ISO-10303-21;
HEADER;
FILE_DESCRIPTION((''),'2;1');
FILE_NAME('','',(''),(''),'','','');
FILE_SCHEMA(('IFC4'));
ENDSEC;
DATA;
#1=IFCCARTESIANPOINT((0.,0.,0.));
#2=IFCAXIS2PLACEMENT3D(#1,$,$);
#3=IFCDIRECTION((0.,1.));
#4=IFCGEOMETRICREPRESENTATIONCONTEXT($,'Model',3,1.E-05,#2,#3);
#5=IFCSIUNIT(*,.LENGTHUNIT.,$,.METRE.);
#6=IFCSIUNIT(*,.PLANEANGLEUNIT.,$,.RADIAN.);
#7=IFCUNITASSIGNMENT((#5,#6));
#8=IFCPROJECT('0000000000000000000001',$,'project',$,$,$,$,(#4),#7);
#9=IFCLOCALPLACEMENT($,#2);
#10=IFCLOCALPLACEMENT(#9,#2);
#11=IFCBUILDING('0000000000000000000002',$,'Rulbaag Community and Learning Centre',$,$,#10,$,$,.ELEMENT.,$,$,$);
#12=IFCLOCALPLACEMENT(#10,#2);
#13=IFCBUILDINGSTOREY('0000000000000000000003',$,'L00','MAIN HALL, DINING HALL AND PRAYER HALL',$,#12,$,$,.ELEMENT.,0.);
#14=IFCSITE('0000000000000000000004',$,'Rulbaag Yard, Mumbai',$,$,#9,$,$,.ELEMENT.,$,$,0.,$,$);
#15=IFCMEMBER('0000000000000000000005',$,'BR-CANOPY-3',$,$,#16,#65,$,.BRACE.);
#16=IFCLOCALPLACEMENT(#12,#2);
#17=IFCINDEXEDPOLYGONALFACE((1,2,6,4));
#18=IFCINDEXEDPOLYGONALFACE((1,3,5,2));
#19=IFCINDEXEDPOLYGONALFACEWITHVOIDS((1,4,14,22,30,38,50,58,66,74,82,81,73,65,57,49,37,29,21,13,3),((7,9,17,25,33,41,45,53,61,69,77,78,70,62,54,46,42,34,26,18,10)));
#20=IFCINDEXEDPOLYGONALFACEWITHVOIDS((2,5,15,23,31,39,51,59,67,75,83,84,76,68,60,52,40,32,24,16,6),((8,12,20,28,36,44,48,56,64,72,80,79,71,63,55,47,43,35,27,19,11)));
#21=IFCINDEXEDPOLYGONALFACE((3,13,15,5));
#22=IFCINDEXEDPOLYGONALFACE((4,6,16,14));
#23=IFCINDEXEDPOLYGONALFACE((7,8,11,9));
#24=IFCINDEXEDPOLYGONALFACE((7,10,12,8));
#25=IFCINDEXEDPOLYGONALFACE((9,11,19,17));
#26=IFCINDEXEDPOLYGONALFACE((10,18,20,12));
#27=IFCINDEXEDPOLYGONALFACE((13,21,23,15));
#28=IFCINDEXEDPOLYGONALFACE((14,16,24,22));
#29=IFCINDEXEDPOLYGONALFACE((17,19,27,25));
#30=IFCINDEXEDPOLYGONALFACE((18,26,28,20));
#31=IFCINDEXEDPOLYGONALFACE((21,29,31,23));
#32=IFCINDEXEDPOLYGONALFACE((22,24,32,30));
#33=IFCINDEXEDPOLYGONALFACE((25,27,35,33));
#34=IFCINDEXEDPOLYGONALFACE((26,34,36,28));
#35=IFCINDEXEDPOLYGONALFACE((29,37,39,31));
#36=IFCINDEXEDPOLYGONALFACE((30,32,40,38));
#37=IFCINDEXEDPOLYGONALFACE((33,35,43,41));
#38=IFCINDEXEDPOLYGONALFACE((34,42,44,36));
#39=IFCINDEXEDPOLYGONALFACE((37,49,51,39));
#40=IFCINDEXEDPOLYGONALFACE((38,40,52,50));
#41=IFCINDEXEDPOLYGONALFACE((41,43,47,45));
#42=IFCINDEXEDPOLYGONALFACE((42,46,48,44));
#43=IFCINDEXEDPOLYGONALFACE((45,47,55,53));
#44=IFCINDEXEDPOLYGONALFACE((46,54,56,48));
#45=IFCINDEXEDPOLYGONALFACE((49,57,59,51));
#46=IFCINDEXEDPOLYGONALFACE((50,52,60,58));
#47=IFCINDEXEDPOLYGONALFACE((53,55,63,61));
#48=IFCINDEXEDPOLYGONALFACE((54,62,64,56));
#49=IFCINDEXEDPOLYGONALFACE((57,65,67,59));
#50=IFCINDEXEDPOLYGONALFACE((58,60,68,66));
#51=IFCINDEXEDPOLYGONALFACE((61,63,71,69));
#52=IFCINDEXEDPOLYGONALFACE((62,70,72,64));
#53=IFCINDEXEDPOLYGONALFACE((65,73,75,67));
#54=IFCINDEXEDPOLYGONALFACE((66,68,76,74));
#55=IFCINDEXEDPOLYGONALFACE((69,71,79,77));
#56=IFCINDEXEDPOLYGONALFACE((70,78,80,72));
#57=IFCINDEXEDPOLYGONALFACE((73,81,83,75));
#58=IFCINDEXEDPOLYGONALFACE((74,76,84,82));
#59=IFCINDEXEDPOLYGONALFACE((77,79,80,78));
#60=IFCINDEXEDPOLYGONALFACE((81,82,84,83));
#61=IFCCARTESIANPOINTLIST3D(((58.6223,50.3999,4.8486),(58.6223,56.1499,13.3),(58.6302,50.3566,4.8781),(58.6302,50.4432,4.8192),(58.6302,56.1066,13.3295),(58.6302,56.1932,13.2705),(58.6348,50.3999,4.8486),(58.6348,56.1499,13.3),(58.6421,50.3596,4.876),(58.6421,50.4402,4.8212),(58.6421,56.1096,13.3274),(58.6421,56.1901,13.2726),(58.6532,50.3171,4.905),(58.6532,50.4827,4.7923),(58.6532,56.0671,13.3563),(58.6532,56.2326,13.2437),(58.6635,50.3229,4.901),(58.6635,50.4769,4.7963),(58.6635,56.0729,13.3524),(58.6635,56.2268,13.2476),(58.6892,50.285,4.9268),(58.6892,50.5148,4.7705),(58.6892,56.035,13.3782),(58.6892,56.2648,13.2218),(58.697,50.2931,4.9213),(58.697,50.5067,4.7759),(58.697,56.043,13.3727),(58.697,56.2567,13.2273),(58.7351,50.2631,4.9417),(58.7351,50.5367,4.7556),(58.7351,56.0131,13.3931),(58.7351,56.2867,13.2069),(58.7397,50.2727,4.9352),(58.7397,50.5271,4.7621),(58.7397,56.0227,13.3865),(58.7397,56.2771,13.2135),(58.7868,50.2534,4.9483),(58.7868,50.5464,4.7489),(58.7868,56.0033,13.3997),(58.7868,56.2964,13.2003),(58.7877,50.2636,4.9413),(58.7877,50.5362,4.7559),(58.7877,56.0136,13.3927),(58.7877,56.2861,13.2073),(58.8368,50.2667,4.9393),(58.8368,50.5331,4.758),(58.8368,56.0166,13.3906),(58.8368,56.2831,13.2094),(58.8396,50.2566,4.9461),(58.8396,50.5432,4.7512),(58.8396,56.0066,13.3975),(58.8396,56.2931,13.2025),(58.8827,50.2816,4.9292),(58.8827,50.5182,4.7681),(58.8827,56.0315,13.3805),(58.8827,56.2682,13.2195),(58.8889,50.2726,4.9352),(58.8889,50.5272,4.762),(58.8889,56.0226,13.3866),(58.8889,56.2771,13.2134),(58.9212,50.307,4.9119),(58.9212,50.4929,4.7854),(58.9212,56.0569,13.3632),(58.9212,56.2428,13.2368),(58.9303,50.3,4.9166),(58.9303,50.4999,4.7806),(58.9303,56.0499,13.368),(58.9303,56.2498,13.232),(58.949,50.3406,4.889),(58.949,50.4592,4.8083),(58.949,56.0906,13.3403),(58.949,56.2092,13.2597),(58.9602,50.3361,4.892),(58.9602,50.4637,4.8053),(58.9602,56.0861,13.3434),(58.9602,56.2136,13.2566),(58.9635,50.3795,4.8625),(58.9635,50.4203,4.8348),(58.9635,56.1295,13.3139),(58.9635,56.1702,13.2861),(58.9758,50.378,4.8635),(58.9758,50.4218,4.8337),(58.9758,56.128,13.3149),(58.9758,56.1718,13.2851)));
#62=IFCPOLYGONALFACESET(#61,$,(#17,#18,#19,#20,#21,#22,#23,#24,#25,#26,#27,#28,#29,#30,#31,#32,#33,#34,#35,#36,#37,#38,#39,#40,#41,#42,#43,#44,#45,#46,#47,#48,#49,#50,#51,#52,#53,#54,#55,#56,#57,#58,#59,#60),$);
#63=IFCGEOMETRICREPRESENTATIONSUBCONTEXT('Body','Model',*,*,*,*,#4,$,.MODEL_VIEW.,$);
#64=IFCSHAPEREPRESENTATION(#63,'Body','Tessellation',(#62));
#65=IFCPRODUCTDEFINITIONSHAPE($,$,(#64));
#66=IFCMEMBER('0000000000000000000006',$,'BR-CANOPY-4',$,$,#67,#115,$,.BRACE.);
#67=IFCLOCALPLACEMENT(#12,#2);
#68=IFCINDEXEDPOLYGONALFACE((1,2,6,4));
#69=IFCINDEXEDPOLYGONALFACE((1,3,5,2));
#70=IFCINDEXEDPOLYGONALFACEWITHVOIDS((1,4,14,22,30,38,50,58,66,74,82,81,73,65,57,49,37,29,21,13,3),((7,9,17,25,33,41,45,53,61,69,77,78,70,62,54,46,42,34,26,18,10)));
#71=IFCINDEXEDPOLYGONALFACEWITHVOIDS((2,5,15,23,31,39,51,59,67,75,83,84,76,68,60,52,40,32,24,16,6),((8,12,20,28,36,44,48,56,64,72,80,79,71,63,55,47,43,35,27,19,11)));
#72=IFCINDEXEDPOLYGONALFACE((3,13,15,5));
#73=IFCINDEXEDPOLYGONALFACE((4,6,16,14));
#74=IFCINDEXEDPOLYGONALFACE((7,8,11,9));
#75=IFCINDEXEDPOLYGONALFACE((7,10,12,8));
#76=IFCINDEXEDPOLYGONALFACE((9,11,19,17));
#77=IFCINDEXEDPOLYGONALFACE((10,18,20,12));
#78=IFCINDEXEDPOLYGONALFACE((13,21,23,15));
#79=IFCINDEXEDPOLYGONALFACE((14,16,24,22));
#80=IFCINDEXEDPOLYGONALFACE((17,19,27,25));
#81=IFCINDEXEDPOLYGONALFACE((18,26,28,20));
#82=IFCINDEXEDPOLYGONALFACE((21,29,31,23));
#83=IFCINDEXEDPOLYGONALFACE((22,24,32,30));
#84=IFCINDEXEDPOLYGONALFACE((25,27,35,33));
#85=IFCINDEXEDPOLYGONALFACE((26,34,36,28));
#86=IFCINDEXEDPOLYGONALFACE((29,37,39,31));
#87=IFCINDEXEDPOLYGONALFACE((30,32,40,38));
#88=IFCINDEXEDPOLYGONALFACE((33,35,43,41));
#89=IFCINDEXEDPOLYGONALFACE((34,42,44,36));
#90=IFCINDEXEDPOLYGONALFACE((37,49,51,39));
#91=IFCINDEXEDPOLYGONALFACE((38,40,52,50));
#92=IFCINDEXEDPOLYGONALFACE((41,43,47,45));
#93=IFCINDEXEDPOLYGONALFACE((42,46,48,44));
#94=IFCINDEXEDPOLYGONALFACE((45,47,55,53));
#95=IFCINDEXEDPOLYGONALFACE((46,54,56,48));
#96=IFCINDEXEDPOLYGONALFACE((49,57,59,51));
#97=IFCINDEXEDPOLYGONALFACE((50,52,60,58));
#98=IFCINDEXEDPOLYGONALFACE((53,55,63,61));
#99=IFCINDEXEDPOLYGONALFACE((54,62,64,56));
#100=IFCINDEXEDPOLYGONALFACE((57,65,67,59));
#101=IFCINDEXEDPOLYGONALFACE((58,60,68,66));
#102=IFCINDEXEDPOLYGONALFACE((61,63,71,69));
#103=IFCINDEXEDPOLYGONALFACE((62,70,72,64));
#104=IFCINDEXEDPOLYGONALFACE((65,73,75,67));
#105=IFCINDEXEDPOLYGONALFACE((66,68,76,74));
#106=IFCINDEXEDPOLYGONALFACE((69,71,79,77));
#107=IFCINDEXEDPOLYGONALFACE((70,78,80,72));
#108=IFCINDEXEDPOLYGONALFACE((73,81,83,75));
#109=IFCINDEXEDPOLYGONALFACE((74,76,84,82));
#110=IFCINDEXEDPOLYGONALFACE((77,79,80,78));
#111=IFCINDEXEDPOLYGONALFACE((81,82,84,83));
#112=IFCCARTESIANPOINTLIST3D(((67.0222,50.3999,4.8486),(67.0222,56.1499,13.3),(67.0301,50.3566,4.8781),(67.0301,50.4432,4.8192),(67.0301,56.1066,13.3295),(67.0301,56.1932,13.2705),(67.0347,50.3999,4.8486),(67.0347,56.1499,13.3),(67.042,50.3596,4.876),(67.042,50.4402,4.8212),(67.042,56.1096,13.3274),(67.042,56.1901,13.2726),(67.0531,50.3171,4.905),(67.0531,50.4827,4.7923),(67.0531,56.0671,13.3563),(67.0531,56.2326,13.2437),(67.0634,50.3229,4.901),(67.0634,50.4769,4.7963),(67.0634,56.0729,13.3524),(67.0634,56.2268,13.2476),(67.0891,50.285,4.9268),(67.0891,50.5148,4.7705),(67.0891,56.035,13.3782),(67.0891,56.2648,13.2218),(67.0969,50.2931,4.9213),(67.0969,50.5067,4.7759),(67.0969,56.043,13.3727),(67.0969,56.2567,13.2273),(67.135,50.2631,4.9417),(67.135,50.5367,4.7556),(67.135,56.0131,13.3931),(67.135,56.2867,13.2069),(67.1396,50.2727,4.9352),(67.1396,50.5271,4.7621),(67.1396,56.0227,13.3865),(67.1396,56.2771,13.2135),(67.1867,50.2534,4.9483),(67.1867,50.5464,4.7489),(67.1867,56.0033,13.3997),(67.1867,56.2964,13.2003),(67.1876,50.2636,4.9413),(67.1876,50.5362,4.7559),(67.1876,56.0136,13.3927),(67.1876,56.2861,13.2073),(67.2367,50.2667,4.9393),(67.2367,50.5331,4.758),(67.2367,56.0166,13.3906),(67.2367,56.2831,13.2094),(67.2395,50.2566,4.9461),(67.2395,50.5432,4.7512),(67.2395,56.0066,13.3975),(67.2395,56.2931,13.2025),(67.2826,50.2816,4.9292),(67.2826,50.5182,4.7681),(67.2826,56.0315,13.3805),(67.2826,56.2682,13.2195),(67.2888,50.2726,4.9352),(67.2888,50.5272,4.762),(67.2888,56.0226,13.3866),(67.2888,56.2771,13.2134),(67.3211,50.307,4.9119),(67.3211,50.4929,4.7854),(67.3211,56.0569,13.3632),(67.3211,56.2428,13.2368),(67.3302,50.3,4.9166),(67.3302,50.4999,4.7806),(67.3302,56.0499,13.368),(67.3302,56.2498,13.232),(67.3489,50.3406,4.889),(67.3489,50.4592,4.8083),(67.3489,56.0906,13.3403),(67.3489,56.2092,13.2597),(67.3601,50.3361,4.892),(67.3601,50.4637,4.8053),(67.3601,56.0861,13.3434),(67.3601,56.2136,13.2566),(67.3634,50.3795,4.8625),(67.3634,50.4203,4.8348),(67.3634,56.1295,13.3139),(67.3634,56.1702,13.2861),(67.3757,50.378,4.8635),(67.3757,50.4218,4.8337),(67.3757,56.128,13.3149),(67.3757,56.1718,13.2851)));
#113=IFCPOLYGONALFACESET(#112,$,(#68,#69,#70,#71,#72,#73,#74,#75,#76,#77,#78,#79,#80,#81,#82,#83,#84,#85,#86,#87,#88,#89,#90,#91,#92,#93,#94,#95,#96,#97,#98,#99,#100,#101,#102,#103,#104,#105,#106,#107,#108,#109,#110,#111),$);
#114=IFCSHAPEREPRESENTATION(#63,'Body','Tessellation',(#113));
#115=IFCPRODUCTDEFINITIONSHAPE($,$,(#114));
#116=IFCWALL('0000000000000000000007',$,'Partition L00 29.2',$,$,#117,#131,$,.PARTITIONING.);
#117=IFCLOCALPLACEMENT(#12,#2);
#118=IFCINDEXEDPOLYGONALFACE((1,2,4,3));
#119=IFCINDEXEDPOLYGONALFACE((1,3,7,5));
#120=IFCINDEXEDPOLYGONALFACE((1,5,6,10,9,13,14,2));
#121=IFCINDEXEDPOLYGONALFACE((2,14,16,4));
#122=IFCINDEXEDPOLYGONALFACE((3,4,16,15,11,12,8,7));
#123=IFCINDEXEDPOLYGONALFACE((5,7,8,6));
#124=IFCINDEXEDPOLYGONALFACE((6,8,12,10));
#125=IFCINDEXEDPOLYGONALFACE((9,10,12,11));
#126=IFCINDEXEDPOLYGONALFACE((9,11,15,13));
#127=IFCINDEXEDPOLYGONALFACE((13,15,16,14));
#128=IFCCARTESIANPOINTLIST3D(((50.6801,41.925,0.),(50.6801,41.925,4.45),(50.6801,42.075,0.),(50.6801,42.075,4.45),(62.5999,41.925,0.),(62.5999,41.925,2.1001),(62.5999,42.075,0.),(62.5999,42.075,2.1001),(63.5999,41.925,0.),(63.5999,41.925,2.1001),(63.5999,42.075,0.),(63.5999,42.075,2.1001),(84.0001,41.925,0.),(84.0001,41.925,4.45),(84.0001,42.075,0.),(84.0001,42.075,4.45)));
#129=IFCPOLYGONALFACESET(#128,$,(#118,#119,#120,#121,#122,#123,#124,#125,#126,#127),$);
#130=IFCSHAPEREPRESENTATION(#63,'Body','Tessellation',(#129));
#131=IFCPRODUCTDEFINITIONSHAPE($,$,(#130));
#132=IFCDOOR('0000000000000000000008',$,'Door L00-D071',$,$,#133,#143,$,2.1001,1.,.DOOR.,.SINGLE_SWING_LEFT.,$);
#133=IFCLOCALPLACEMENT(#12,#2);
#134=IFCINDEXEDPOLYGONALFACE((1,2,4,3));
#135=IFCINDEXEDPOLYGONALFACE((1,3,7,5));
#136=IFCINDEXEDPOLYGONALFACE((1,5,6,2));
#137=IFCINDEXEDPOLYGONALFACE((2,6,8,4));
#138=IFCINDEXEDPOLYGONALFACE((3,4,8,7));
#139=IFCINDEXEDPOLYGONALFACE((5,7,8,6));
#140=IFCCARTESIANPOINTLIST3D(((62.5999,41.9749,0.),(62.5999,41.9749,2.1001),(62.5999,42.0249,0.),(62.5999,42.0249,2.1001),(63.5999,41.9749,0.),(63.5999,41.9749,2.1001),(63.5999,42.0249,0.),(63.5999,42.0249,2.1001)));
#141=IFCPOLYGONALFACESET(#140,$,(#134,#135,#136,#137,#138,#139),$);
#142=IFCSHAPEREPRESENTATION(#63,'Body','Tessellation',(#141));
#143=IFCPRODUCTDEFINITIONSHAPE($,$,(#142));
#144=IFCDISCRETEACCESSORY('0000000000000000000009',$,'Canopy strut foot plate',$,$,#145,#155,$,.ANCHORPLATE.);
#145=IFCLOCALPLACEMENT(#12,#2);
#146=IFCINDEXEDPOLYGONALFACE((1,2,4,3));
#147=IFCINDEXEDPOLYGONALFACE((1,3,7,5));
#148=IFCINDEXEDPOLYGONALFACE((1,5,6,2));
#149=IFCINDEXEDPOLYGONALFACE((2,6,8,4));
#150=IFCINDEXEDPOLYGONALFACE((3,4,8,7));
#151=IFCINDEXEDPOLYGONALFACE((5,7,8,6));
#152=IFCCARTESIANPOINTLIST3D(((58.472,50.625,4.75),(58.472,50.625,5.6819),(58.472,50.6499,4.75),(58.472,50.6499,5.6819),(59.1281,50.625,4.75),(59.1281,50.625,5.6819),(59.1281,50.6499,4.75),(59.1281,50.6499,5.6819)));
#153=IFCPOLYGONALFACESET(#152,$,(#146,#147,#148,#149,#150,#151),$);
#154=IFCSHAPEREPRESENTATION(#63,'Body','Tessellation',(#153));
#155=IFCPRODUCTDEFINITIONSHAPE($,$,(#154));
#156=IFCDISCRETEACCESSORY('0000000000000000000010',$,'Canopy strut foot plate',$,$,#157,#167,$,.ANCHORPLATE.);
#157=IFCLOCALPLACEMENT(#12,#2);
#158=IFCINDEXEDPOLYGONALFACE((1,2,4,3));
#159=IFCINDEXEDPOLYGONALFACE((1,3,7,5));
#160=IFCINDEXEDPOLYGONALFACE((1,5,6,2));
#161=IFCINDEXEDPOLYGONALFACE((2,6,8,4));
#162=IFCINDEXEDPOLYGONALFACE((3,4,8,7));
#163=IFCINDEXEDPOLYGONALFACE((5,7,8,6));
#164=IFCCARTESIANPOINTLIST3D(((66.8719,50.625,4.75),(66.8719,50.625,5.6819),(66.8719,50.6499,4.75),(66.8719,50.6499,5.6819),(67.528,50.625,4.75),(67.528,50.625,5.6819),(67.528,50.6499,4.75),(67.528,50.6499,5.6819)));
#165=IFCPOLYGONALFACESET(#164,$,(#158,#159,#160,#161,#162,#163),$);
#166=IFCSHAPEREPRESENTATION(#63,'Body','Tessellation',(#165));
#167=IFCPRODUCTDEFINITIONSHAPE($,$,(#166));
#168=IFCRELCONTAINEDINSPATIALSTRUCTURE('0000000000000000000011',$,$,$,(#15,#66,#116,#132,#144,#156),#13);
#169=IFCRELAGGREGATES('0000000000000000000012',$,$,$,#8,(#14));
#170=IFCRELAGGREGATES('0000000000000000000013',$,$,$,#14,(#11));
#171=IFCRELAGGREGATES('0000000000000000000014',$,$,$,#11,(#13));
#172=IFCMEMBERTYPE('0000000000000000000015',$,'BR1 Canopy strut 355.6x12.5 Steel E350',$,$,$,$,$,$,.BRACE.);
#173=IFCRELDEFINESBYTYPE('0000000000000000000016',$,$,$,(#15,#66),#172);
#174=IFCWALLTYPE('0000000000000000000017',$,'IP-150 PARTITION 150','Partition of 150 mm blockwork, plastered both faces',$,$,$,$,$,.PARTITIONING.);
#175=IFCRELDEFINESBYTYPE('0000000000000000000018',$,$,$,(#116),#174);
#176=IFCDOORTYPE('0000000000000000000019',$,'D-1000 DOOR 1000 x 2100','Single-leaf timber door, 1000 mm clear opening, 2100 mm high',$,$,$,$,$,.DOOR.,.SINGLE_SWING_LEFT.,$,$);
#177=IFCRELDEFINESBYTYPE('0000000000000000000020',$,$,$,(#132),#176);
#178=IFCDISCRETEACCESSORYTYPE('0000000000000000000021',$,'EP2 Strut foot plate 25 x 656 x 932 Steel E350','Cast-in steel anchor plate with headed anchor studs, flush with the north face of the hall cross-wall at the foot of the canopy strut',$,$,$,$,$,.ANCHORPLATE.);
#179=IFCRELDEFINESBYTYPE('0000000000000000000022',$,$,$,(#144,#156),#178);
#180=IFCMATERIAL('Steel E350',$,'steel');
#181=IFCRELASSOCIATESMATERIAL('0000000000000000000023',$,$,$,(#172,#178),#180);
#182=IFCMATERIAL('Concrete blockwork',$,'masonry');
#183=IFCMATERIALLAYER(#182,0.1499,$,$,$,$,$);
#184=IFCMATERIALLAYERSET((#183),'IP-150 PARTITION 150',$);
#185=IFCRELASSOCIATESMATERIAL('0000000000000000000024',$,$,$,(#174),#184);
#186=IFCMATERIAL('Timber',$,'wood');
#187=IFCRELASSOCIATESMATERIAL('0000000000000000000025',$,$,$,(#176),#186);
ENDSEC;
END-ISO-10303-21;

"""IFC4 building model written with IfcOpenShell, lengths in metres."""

from ifc_helpers import new_model, si_unit, direction, frame, frame_2d, origin, origin_2d, place, context, subcontext, project, spatial, rectangle, hollow_circle, extrude, material, layer, layer_set, material_profile, profile_set, type_object, element, fill, save


model = new_model("IFC4")

# Units and contexts
model_context = context("Model", 3, precision=1e-05, world=origin(), true_north=direction((0.0, 1.0)))
body_context = subcontext(model_context, "Body", "Model", "MODEL_VIEW")
ifc_project = project(units=[si_unit("LENGTHUNIT", "METRE"), si_unit("PLANEANGLEUNIT", "RADIAN")], contexts=[model_context])

# Site, building, storey
site_placement = place(None, origin())
site = spatial("IfcSite", under=ifc_project, at=site_placement, Name="Rulbaag Yard, Mumbai", CompositionType="ELEMENT", RefElevation=0.0)
building_placement = place(site_placement, origin())
building = spatial("IfcBuilding", under=site, at=building_placement, Name="Rulbaag Community and Learning Centre", CompositionType="ELEMENT")
storey_placement = place(building_placement, origin())
storey = spatial("IfcBuildingStorey", under=building, at=storey_placement, Name="L00", Description="MAIN HALL, DINING HALL AND PRAYER HALL", CompositionType="ELEMENT", Elevation=0.0)

# Members
ifc_material_1 = material(Name="Steel E350", Category="steel")
ifc_material_profile_1 = material_profile(ifc_material_1, hollow_circle(Radius=0.1777, WallThickness=0.0125, at=origin_2d()), Name="CHS355.6x12.5")
ifc_profile_set_1 = profile_set([ifc_material_profile_1], Name="Steel E350")
member_type = type_object("IfcMemberType", Name="BR1 Canopy strut 355.6x12.5 Steel E350", PredefinedType="BRACE", material=ifc_profile_set_1)
for number, where, z_axis, x_axis, name in (
    (1, (58.8, 50.3999, 4.8486), (0.0, 0.562513, 0.826788), (-1.0, 0.0, 0.0), "BR-CANOPY-3"),
    (2, (67.2, 50.3999, 4.8486), (0.0, 0.562513, 0.826788), (-1.0, 0.0, 0.0), "BR-CANOPY-4"),
):
    element("IfcMember", number, at=place(storey_placement, frame(where, z_axis=z_axis, x_axis=x_axis)), inside=storey, type_object=member_type, Name=name, PredefinedType="BRACE", context=body_context, shape_type="SweptSolid", body=[
        extrude(hollow_circle(Radius=0.1777, WallThickness=0.0125, at=origin_2d()), origin(), (0.0, 0.0, 1.0), 10.2219),
    ])

# Wall, opening, door
ifc_material_2 = material(Name="Concrete blockwork", Category="masonry")
ifc_layer = layer(ifc_material_2, 0.1499)
ifc_layer_set = layer_set([ifc_layer], Name="IP-150 PARTITION 150")
wall_type = type_object("IfcWallType", Name="IP-150 PARTITION 150", Description="Partition of 150 mm blockwork, plastered both faces", PredefinedType="PARTITIONING", material=ifc_layer_set)
wall_placement = place(storey_placement, frame((50.6799, 42.0, 0.0), z_axis=(0.0, 0.0, 1.0), x_axis=(1.0, 0.0, 0.0)))
wall = element("IfcWall", 3, at=wall_placement, inside=storey, type_object=wall_type, Name="Partition L00 29.2", PredefinedType="PARTITIONING", context=body_context, shape_type="SweptSolid", body=[
    extrude(rectangle(XDim=33.3201, YDim=0.1499, at=frame_2d((16.6602, 0.0))), origin(), (0.0, 0.0, 1.0), 4.45),
])
opening_placement = place(wall_placement, frame((11.9199, 0.0, 0.0)))
opening = element("IfcOpeningElement", 4, at=opening_placement, cuts=wall, PredefinedType="OPENING", context=body_context, shape_type="SweptSolid", body=[
    extrude(rectangle(XDim=1.0, YDim=2.1001, at=frame_2d((0.5, 1.05))), frame((0.0, 0.085, 0.0), z_axis=(0.0, -1.0, 0.0), x_axis=(1.0, 0.0, 0.0)), (0.0, 0.0, 1.0), 0.1699),
])
ifc_material_3 = material(Name="Timber", Category="wood")
door_type = type_object("IfcDoorType", Name="D-1000 DOOR 1000 x 2100", Description="Single-leaf timber door, 1000 mm clear opening, 2100 mm high", OperationType="SINGLE_SWING_LEFT", PredefinedType="DOOR", material=ifc_material_3)
door_placement = place(opening_placement, origin())
door = element("IfcDoor", 5, at=door_placement, inside=storey, type_object=door_type, Name="Door L00-D071", OperationType="SINGLE_SWING_LEFT", OverallHeight=2.1001, OverallWidth=1.0, PredefinedType="DOOR", context=body_context, shape_type="SweptSolid", body=[
    extrude(rectangle(XDim=1.0, YDim=2.1001, at=frame_2d((0.5, 1.05))), frame((0.0, 0.0249, 0.0), z_axis=(0.0, -1.0, 0.0), x_axis=(1.0, 0.0, 0.0)), (0.0, 0.0, 1.0), 0.05),
])
fill(opening, door)

# Discrete accessories
discrete_accessory_type = type_object("IfcDiscreteAccessoryType", Name="EP2 Strut foot plate 25 x 656 x 932 Steel E350", Description="Cast-in steel anchor plate with headed anchor studs, flush with the north face of the hall cross-wall at the foot of the canopy strut", PredefinedType="ANCHORPLATE", material=ifc_material_1)
for number, where, z_axis, x_axis, name in (
    (6, (58.8, 50.6375, 4.75), (0.0, 0.0, 1.0), (1.0, 0.0, 0.0), "Canopy strut foot plate"),
    (7, (67.2, 50.6375, 4.75), (0.0, 0.0, 1.0), (1.0, 0.0, 0.0), "Canopy strut foot plate"),
):
    element("IfcDiscreteAccessory", number, at=place(storey_placement, frame(where, z_axis=z_axis, x_axis=x_axis)), inside=storey, type_object=discrete_accessory_type, Name=name, PredefinedType="ANCHORPLATE", context=body_context, shape_type="SweptSolid", body=[
        extrude(rectangle(XDim=0.656, YDim=0.0249, at=origin_2d()), origin(), (0.0, 0.0, 1.0), 0.9319),
    ])

save(model, "model.ifc")
